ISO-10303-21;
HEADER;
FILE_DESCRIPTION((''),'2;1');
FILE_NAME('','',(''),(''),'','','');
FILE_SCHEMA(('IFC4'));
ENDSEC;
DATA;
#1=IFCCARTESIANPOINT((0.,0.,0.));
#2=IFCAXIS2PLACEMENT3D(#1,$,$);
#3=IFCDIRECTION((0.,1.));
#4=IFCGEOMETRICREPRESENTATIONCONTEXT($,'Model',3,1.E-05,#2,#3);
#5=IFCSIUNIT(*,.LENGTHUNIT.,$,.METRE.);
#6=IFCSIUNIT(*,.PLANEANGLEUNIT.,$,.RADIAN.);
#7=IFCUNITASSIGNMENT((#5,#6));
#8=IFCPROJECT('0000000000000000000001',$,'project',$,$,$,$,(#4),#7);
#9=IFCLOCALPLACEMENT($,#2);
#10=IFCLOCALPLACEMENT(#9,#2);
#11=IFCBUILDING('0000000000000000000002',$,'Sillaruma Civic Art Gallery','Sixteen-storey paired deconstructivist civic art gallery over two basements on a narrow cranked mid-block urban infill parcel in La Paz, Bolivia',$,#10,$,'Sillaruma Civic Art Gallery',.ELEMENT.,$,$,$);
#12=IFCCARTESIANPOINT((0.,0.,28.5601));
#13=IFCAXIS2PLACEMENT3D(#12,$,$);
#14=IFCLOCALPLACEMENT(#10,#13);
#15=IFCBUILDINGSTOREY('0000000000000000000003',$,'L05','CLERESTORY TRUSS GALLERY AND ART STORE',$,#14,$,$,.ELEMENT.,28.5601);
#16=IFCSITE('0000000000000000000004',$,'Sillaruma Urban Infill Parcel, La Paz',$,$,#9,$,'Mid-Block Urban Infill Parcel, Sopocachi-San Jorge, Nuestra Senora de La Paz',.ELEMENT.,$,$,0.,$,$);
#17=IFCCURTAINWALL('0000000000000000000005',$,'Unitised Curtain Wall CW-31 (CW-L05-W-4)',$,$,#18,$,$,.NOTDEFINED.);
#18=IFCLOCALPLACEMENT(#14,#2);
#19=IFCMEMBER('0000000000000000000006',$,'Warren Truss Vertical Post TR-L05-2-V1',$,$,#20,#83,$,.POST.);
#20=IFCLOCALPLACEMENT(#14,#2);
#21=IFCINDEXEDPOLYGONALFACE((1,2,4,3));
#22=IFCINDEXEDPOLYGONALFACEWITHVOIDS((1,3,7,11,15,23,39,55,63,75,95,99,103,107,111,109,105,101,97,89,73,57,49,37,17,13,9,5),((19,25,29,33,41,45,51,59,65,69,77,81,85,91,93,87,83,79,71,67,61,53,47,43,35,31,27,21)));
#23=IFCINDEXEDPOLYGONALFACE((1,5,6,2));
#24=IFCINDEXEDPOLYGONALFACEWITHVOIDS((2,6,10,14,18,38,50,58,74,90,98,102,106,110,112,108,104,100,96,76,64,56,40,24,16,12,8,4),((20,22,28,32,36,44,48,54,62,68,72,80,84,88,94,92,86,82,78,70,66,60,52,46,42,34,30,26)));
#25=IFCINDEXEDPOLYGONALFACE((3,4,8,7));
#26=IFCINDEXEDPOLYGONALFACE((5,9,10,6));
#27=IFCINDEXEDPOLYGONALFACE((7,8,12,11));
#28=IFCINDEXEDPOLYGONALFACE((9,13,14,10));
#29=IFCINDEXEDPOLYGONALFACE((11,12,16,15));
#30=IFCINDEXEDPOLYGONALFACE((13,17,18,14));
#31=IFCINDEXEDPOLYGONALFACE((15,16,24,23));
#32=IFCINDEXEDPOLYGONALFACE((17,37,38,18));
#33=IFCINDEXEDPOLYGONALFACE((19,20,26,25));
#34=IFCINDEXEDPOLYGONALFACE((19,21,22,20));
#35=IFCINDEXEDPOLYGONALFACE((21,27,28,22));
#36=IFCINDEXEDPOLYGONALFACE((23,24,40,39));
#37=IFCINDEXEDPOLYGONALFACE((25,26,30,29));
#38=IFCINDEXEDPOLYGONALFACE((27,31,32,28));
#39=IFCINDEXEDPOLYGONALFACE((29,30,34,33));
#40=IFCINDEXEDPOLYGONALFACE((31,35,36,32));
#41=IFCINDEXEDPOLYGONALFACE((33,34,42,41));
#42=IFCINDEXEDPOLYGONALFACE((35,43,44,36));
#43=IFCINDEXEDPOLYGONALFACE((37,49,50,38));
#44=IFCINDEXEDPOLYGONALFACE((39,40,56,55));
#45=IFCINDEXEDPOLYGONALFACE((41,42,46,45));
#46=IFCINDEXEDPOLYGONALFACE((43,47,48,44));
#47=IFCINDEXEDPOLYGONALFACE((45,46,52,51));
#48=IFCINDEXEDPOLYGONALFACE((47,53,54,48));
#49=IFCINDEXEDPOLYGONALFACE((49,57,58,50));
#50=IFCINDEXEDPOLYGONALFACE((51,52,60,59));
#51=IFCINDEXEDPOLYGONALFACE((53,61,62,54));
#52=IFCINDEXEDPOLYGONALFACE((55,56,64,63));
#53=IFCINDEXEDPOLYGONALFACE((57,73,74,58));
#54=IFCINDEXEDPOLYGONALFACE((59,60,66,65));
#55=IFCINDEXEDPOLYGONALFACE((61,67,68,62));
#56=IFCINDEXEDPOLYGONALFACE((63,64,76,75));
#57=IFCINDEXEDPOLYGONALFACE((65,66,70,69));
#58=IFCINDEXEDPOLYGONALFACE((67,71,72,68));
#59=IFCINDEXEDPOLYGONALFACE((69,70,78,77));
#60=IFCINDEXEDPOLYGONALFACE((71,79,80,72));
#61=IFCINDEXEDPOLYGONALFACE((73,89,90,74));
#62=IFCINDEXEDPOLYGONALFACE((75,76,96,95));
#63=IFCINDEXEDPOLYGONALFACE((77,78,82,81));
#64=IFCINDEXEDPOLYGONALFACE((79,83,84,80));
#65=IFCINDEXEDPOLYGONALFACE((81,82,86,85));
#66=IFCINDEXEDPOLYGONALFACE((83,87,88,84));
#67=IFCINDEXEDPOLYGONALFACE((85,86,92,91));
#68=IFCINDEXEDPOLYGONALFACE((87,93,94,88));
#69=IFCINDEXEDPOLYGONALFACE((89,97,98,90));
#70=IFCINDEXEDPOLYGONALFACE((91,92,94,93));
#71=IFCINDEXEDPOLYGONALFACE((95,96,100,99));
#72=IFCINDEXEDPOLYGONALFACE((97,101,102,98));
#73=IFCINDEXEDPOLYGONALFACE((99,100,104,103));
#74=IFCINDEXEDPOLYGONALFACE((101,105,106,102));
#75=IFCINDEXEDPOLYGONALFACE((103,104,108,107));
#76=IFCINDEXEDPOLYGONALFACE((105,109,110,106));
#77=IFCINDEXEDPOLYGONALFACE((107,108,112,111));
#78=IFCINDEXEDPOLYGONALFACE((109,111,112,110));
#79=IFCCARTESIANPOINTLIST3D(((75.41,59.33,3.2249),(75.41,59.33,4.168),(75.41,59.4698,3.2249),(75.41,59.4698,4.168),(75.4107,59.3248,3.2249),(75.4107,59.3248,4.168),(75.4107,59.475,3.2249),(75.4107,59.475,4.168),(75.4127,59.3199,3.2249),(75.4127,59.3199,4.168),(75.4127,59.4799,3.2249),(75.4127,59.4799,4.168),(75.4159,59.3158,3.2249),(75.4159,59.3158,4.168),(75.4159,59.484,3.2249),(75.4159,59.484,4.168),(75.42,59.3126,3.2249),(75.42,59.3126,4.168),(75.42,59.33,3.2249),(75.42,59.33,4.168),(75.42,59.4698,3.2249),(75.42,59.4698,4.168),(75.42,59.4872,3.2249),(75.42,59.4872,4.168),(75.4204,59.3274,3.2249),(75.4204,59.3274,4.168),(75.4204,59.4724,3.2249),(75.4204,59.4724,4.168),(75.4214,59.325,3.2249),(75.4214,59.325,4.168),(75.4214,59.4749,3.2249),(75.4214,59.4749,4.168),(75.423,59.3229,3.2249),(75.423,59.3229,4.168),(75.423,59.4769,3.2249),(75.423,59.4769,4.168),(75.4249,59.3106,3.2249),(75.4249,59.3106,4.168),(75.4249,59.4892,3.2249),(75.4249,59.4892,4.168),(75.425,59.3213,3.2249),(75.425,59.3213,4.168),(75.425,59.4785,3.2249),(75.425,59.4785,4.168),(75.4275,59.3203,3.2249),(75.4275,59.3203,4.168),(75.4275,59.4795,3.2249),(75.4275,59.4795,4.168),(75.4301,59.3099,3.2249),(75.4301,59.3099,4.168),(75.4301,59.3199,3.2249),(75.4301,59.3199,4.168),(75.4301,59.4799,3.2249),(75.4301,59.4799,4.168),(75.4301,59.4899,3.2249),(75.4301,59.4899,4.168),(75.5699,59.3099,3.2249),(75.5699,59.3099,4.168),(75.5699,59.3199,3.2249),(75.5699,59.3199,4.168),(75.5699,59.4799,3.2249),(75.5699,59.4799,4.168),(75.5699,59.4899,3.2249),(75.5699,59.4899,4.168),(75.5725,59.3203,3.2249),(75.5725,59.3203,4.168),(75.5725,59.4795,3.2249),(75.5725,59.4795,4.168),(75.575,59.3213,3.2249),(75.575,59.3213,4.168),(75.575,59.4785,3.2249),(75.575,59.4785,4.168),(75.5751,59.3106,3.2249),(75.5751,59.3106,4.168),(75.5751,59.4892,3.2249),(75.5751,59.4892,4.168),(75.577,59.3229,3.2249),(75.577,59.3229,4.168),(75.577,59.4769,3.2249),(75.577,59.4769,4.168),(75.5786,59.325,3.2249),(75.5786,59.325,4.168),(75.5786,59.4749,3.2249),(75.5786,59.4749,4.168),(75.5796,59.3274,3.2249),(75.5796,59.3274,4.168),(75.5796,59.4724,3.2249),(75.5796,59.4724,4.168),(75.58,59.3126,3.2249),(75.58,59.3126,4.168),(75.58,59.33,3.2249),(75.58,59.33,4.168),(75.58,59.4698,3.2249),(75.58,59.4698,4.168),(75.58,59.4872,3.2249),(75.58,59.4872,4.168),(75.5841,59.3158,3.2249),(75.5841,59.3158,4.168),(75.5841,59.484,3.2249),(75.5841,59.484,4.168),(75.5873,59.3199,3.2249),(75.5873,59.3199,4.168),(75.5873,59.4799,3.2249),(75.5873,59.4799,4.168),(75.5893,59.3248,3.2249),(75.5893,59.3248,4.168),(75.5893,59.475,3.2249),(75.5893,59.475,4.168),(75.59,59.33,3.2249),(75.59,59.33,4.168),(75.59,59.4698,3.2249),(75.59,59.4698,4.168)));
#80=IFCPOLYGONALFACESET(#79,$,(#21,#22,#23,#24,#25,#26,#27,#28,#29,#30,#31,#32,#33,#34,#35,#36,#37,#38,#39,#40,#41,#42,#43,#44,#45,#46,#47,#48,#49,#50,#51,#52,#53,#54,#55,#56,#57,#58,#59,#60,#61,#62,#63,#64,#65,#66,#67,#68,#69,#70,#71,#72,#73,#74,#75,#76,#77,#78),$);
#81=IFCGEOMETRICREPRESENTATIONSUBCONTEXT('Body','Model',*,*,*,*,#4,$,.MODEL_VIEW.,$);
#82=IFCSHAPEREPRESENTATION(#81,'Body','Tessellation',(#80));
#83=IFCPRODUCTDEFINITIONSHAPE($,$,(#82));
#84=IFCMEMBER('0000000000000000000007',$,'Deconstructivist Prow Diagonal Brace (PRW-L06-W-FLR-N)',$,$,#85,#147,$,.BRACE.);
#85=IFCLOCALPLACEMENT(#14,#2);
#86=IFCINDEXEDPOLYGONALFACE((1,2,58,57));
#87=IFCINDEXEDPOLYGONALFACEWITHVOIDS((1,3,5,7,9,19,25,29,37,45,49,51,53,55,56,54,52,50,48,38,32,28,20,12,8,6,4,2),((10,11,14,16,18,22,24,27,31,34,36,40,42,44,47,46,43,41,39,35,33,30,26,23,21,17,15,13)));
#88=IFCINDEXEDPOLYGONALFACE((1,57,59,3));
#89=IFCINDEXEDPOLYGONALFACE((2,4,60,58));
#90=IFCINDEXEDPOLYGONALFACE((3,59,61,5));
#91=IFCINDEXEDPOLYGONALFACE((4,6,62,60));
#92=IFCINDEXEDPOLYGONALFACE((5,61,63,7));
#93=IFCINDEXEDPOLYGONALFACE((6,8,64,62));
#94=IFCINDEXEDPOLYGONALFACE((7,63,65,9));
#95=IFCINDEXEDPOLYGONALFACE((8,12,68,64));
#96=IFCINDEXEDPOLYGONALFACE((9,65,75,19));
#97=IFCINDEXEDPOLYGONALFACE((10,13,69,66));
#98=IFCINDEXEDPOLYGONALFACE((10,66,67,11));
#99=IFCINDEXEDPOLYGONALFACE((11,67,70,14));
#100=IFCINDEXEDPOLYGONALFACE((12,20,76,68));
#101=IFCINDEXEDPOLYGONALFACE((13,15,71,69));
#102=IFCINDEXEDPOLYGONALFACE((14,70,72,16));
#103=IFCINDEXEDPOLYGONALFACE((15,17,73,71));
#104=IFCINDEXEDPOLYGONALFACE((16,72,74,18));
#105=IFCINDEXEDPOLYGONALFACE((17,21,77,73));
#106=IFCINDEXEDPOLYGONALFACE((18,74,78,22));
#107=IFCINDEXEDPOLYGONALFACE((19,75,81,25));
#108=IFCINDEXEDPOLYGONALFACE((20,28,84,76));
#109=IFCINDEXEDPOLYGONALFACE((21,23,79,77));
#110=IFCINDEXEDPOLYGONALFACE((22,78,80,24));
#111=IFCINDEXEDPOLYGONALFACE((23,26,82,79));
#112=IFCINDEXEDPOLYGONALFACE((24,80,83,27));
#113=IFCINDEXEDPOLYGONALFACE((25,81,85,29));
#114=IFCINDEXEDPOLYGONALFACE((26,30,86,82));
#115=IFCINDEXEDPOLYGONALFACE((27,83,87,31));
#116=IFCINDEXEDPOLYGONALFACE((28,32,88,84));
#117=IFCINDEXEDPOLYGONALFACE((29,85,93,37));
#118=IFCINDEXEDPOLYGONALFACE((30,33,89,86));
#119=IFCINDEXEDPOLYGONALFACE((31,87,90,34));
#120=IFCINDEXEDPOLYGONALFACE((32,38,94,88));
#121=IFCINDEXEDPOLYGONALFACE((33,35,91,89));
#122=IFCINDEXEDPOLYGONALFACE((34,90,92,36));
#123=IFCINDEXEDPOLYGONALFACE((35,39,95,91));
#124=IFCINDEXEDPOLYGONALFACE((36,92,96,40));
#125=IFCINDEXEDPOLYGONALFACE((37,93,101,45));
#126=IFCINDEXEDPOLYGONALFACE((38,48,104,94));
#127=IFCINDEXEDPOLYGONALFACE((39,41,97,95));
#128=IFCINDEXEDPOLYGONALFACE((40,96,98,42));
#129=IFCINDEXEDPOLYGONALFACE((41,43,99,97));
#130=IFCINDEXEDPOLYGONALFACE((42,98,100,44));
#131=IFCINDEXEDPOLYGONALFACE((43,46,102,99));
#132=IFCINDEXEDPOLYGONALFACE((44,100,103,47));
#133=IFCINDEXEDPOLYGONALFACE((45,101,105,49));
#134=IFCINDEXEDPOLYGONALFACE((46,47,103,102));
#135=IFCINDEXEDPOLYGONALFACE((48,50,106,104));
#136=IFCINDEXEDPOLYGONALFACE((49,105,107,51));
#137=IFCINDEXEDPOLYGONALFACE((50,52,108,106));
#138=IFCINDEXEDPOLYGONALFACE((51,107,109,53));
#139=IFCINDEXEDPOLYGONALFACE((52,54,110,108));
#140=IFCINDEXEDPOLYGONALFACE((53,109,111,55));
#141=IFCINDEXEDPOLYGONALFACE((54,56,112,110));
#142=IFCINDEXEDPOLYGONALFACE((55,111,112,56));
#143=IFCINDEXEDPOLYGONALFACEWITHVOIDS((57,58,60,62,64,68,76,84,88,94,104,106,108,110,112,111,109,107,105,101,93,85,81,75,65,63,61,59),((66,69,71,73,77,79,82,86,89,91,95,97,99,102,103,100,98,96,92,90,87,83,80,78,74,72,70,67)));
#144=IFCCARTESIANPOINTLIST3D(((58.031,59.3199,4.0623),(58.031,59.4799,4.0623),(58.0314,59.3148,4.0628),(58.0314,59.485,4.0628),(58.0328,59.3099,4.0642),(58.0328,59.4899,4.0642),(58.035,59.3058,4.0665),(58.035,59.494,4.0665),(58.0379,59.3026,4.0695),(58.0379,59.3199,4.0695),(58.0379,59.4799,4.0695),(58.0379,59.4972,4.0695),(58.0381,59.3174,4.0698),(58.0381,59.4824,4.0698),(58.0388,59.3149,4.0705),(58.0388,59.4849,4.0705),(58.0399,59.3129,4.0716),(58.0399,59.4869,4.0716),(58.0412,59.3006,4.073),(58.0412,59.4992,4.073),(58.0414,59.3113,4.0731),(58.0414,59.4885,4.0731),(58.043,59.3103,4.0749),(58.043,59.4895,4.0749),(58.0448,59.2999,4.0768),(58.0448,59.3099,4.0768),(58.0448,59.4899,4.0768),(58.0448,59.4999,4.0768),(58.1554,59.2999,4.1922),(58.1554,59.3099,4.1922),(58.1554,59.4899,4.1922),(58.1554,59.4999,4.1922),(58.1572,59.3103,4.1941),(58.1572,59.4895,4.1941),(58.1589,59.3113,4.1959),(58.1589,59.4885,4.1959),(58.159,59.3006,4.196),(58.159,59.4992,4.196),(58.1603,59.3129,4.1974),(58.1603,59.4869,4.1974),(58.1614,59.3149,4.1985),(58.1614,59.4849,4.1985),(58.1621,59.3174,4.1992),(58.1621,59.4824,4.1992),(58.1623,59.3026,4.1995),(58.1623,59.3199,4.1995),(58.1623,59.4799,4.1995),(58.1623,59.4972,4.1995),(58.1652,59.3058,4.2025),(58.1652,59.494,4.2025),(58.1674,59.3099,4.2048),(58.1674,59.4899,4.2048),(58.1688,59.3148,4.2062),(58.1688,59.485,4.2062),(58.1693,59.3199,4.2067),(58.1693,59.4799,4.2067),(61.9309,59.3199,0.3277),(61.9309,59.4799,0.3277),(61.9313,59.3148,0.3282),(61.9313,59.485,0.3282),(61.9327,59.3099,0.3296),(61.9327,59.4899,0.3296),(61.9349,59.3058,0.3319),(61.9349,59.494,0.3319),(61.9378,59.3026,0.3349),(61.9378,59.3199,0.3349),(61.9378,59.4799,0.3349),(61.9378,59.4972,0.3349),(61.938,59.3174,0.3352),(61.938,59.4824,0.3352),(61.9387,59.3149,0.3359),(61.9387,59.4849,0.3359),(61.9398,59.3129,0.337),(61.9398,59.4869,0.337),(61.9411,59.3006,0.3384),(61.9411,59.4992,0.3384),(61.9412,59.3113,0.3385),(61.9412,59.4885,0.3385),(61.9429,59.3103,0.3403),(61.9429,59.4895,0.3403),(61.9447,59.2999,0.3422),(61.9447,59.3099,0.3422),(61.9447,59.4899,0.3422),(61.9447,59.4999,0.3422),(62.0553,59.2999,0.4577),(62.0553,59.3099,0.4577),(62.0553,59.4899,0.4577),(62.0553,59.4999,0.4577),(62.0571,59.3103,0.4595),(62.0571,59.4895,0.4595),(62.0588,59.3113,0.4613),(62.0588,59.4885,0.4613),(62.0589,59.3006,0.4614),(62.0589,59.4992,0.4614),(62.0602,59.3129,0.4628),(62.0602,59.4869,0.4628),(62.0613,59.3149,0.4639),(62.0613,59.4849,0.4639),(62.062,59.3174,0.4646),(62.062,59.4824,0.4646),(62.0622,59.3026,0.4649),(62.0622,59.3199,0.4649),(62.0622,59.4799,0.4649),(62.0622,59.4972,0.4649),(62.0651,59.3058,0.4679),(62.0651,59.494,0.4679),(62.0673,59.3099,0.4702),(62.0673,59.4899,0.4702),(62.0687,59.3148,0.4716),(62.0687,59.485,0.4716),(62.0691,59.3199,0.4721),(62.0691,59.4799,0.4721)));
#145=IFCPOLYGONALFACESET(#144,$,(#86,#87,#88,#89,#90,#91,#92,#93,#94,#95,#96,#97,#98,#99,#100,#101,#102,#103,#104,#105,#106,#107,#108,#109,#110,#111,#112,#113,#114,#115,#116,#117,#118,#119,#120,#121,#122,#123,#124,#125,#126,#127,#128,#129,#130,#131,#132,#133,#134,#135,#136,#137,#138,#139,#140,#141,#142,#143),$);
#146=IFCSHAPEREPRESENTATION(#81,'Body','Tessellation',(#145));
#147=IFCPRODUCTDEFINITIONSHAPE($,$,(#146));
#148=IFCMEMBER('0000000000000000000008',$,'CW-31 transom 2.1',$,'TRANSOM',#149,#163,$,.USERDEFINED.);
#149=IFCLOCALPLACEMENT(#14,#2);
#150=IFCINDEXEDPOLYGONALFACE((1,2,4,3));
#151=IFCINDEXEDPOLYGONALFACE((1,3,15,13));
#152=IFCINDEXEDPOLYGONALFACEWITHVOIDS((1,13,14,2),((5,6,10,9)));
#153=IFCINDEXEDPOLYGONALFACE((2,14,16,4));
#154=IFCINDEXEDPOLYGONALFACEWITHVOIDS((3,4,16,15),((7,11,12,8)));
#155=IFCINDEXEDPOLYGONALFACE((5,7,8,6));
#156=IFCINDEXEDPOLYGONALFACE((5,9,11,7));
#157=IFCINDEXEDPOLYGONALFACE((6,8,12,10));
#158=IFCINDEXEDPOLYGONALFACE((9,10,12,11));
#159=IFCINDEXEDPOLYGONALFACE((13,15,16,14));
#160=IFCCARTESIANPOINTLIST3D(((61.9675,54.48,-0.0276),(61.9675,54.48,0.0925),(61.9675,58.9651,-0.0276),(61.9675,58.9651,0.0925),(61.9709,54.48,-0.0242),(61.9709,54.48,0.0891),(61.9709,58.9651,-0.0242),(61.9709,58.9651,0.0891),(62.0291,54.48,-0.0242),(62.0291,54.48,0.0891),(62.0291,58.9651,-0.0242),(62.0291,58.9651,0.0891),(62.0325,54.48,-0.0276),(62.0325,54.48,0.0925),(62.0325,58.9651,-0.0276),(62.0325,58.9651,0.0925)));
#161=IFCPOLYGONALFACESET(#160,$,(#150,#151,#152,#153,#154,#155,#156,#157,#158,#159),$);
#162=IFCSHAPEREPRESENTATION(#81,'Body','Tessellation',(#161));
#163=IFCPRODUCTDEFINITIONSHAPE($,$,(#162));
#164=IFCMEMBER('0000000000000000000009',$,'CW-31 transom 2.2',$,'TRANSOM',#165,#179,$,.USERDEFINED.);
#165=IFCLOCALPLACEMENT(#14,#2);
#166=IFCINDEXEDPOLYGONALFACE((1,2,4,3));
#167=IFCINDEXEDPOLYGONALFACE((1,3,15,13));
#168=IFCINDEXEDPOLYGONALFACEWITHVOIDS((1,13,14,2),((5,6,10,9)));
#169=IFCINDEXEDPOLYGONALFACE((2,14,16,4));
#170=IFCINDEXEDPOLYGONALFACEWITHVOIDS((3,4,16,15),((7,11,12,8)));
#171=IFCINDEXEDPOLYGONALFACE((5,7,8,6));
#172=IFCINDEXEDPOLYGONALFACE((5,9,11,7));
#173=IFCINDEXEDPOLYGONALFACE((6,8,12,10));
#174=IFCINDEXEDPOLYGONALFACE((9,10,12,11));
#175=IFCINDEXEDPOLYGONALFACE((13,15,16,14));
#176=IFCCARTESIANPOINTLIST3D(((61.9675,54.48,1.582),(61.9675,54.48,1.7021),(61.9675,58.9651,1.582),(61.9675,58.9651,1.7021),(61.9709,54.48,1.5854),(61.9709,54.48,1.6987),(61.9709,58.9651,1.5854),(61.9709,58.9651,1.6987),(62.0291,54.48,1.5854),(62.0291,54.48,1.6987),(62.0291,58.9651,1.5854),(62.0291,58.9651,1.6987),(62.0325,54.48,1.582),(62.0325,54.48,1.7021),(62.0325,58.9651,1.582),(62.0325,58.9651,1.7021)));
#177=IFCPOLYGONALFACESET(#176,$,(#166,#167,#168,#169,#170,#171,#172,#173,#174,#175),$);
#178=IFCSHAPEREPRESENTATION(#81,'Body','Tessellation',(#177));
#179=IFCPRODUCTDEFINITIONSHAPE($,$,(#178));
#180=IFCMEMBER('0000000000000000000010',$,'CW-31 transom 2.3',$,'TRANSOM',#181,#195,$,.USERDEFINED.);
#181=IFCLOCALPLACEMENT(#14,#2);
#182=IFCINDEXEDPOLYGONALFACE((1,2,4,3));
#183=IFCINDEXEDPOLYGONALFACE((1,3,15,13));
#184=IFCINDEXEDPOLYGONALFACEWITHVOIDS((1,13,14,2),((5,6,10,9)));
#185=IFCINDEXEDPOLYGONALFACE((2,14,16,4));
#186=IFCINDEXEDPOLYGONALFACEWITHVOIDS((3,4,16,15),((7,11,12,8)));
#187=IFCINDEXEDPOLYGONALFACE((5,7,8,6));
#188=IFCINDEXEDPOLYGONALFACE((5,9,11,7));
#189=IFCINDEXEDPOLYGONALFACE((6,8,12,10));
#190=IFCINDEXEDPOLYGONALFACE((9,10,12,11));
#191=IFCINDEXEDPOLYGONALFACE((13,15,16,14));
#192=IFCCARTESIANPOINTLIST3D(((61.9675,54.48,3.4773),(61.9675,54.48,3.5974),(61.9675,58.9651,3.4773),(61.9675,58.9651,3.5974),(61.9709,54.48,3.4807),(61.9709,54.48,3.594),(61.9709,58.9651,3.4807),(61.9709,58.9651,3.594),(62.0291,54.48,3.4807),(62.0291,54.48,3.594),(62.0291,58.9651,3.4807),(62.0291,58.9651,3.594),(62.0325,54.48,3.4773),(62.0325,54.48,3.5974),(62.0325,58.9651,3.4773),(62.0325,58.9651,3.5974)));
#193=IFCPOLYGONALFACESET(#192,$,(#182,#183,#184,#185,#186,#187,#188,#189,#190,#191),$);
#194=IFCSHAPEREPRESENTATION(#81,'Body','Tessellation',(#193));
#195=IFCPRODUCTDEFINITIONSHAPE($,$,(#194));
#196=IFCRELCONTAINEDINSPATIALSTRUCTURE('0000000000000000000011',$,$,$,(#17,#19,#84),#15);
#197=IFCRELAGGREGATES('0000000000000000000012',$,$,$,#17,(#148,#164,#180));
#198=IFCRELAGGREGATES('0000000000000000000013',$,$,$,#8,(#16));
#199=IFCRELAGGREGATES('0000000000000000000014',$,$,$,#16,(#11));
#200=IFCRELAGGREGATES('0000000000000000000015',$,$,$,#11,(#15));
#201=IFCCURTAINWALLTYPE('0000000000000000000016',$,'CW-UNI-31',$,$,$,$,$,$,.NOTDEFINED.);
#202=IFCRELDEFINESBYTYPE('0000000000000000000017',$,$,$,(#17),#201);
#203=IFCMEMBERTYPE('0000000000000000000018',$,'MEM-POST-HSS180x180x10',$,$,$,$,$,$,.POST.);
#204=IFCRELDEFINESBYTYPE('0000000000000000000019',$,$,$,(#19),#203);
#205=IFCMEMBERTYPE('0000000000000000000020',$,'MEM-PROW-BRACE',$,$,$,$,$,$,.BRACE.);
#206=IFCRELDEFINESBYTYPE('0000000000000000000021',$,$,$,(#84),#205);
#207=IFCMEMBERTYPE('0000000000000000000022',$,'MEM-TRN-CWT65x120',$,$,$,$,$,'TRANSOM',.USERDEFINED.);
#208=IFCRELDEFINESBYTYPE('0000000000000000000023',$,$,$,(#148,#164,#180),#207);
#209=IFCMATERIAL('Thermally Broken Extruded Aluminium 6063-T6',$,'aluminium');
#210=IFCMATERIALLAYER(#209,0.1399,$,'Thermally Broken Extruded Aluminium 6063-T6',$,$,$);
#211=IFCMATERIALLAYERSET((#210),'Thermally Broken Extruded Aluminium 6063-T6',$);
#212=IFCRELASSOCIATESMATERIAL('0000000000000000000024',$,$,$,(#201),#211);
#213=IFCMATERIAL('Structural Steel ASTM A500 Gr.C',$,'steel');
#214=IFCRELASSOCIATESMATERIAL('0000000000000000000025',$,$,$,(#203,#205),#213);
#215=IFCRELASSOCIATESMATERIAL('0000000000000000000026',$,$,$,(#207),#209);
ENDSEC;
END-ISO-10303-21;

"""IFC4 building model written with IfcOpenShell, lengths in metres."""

from ifc_helpers import new_model, si_unit, direction, frame, origin, origin_2d, place, context, subcontext, project, spatial, hollow_rectangle, extrude, material, layer, layer_set, material_profile, profile_set, type_object, element, aggregate, save


model = new_model("IFC4")

# Units and contexts
model_context = context("Model", 3, precision=1e-05, world=origin(), true_north=direction((0.0, 1.0)))
body_context = subcontext(model_context, "Body", "Model", "MODEL_VIEW")
ifc_project = project(units=[si_unit("LENGTHUNIT", "METRE"), si_unit("PLANEANGLEUNIT", "RADIAN")], contexts=[model_context])

# Site, building, storey
site_placement = place(None, origin())
site = spatial("IfcSite", under=ifc_project, at=site_placement, Name="Sillaruma Urban Infill Parcel, La Paz", LongName="Mid-Block Urban Infill Parcel, Sopocachi-San Jorge, Nuestra Senora de La Paz", CompositionType="ELEMENT", RefElevation=0.0)
building_placement = place(site_placement, origin())
building = spatial("IfcBuilding", under=site, at=building_placement, Name="Sillaruma Civic Art Gallery", Description="Sixteen-storey paired deconstructivist civic art gallery over two basements on a narrow cranked mid-block urban infill parcel in La Paz, Bolivia", LongName="Sillaruma Civic Art Gallery", CompositionType="ELEMENT")
storey_placement = place(building_placement, frame((0.0, 0.0, 28.5601)))
storey = spatial("IfcBuildingStorey", under=building, at=storey_placement, Name="L05", Description="CLERESTORY TRUSS GALLERY AND ART STORE", CompositionType="ELEMENT", Elevation=28.5601)

# Shared definitions
ifc_material_1 = material(Name="Structural Steel ASTM A500 Gr.C", Category="steel")

# Curtain wall
ifc_material_2 = material(Name="Thermally Broken Extruded Aluminium 6063-T6", Category="aluminium")
ifc_layer_1 = layer(ifc_material_2, 0.1399, Name="Thermally Broken Extruded Aluminium 6063-T6")
ifc_layer_set_1 = layer_set([ifc_layer_1], Name="Thermally Broken Extruded Aluminium 6063-T6")
curtain_wall_type_1 = type_object("IfcCurtainWallType", Name="CW-UNI-31", PredefinedType="NOTDEFINED", material=ifc_layer_set_1)
curtain_wall_1_placement = place(storey_placement, origin())
curtain_wall_1 = element("IfcCurtainWall", 1, at=curtain_wall_1_placement, inside=storey, type_object=curtain_wall_type_1, Name="Unitised Curtain Wall CW-31 (CW-L05-W-4)", PredefinedType="NOTDEFINED")

# Members
ifc_material_profile_1 = material_profile(ifc_material_1, hollow_rectangle(XDim=0.1799, YDim=0.1799, WallThickness=0.01, InnerFilletRadius=0.01, OuterFilletRadius=0.02, at=origin_2d()), Name="HSS180x180x10")
ifc_profile_set_1 = profile_set([ifc_material_profile_1], Name="Structural Steel ASTM A500 Gr.C")
member_type_1 = type_object("IfcMemberType", Name="MEM-POST-HSS180x180x10", PredefinedType="POST", material=ifc_profile_set_1)
member_1_placement = place(storey_placement, frame((75.5, 59.3999, 3.2249), z_axis=(0.0, 0.0, 1.0), x_axis=(1.0, 0.0, 0.0)))
element("IfcMember", 2, at=member_1_placement, inside=storey, type_object=member_type_1, Name="Warren Truss Vertical Post TR-L05-2-V1", PredefinedType="POST", context=body_context, shape_type="SweptSolid", body=[
    extrude(hollow_rectangle(XDim=0.1799, YDim=0.1799, WallThickness=0.01, InnerFilletRadius=0.01, OuterFilletRadius=0.02, at=origin_2d()), origin(), (0.0, 0.0, 1.0), 0.9431),
])
ifc_material_profile_2 = material_profile(ifc_material_1, hollow_rectangle(XDim=0.2, YDim=0.2, WallThickness=0.01, InnerFilletRadius=0.01, OuterFilletRadius=0.02, at=origin_2d()), Name="HSS200x200x10")
ifc_profile_set_2 = profile_set([ifc_material_profile_2], Name="Structural Steel ASTM A500 Gr.C")
member_type_2 = type_object("IfcMemberType", Name="MEM-PROW-BRACE", PredefinedType="BRACE", material=ifc_profile_set_2)
member_2_placement = place(storey_placement, frame((62.0, 59.3999, 0.3999), z_axis=(-0.722246, 0.0, 0.691636), x_axis=(0.0, -1.0, 0.0)))
element("IfcMember", 3, at=member_2_placement, inside=storey, type_object=member_type_2, Name="Deconstructivist Prow Diagonal Brace (PRW-L06-W-FLR-N)", PredefinedType="BRACE", context=body_context, shape_type="SweptSolid", body=[
    extrude(hollow_rectangle(XDim=0.2, YDim=0.2, WallThickness=0.01, InnerFilletRadius=0.01, OuterFilletRadius=0.02, at=origin_2d()), origin(), (0.0, 0.0, 1.0), 5.3997),
])

# Members
ifc_material_profile_3 = material_profile(ifc_material_2, hollow_rectangle(XDim=0.0649, YDim=0.1201, WallThickness=0.0034, at=origin_2d()), Name="CWT65x120")
ifc_profile_set_3 = profile_set([ifc_material_profile_3], Name="Thermally Broken Extruded Aluminium 6063-T6")
member_type_3 = type_object("IfcMemberType", Name="MEM-TRN-CWT65x120", ElementType="TRANSOM", PredefinedType="USERDEFINED", material=ifc_profile_set_3)
member_3_placement = place(storey_placement, frame((62.0, 54.48, 0.0325), z_axis=(0.0, 1.0, 0.0), x_axis=(-1.0, 0.0, 0.0)))
member_3 = element("IfcMember", 4, at=member_3_placement, type_object=member_type_3, Name="CW-31 transom 2.1", ObjectType="TRANSOM", PredefinedType="USERDEFINED", context=body_context, shape_type="SweptSolid", body=[
    extrude(hollow_rectangle(XDim=0.0649, YDim=0.1201, WallThickness=0.0034, at=origin_2d()), origin(), (0.0, 0.0, 1.0), 4.4851),
])
member_4_placement = place(storey_placement, frame((62.0, 54.48, 1.6421), z_axis=(0.0, 1.0, 0.0), x_axis=(-1.0, 0.0, 0.0)))
member_4 = element("IfcMember", 5, at=member_4_placement, type_object=member_type_3, Name="CW-31 transom 2.2", ObjectType="TRANSOM", PredefinedType="USERDEFINED", context=body_context, shape_type="SweptSolid", body=[
    extrude(hollow_rectangle(XDim=0.0649, YDim=0.1201, WallThickness=0.0034, at=origin_2d()), origin(), (0.0, 0.0, 1.0), 4.4851),
])
member_5_placement = place(storey_placement, frame((62.0, 54.48, 3.5374), z_axis=(0.0, 1.0, 0.0), x_axis=(-1.0, 0.0, 0.0)))
member_5 = element("IfcMember", 6, at=member_5_placement, type_object=member_type_3, Name="CW-31 transom 2.3", ObjectType="TRANSOM", PredefinedType="USERDEFINED", context=body_context, shape_type="SweptSolid", body=[
    extrude(hollow_rectangle(XDim=0.0649, YDim=0.1201, WallThickness=0.0034, at=origin_2d()), origin(), (0.0, 0.0, 1.0), 4.4851),
])

aggregate(curtain_wall_1, [member_3, member_4, member_5])

save(model, "model.ifc")
